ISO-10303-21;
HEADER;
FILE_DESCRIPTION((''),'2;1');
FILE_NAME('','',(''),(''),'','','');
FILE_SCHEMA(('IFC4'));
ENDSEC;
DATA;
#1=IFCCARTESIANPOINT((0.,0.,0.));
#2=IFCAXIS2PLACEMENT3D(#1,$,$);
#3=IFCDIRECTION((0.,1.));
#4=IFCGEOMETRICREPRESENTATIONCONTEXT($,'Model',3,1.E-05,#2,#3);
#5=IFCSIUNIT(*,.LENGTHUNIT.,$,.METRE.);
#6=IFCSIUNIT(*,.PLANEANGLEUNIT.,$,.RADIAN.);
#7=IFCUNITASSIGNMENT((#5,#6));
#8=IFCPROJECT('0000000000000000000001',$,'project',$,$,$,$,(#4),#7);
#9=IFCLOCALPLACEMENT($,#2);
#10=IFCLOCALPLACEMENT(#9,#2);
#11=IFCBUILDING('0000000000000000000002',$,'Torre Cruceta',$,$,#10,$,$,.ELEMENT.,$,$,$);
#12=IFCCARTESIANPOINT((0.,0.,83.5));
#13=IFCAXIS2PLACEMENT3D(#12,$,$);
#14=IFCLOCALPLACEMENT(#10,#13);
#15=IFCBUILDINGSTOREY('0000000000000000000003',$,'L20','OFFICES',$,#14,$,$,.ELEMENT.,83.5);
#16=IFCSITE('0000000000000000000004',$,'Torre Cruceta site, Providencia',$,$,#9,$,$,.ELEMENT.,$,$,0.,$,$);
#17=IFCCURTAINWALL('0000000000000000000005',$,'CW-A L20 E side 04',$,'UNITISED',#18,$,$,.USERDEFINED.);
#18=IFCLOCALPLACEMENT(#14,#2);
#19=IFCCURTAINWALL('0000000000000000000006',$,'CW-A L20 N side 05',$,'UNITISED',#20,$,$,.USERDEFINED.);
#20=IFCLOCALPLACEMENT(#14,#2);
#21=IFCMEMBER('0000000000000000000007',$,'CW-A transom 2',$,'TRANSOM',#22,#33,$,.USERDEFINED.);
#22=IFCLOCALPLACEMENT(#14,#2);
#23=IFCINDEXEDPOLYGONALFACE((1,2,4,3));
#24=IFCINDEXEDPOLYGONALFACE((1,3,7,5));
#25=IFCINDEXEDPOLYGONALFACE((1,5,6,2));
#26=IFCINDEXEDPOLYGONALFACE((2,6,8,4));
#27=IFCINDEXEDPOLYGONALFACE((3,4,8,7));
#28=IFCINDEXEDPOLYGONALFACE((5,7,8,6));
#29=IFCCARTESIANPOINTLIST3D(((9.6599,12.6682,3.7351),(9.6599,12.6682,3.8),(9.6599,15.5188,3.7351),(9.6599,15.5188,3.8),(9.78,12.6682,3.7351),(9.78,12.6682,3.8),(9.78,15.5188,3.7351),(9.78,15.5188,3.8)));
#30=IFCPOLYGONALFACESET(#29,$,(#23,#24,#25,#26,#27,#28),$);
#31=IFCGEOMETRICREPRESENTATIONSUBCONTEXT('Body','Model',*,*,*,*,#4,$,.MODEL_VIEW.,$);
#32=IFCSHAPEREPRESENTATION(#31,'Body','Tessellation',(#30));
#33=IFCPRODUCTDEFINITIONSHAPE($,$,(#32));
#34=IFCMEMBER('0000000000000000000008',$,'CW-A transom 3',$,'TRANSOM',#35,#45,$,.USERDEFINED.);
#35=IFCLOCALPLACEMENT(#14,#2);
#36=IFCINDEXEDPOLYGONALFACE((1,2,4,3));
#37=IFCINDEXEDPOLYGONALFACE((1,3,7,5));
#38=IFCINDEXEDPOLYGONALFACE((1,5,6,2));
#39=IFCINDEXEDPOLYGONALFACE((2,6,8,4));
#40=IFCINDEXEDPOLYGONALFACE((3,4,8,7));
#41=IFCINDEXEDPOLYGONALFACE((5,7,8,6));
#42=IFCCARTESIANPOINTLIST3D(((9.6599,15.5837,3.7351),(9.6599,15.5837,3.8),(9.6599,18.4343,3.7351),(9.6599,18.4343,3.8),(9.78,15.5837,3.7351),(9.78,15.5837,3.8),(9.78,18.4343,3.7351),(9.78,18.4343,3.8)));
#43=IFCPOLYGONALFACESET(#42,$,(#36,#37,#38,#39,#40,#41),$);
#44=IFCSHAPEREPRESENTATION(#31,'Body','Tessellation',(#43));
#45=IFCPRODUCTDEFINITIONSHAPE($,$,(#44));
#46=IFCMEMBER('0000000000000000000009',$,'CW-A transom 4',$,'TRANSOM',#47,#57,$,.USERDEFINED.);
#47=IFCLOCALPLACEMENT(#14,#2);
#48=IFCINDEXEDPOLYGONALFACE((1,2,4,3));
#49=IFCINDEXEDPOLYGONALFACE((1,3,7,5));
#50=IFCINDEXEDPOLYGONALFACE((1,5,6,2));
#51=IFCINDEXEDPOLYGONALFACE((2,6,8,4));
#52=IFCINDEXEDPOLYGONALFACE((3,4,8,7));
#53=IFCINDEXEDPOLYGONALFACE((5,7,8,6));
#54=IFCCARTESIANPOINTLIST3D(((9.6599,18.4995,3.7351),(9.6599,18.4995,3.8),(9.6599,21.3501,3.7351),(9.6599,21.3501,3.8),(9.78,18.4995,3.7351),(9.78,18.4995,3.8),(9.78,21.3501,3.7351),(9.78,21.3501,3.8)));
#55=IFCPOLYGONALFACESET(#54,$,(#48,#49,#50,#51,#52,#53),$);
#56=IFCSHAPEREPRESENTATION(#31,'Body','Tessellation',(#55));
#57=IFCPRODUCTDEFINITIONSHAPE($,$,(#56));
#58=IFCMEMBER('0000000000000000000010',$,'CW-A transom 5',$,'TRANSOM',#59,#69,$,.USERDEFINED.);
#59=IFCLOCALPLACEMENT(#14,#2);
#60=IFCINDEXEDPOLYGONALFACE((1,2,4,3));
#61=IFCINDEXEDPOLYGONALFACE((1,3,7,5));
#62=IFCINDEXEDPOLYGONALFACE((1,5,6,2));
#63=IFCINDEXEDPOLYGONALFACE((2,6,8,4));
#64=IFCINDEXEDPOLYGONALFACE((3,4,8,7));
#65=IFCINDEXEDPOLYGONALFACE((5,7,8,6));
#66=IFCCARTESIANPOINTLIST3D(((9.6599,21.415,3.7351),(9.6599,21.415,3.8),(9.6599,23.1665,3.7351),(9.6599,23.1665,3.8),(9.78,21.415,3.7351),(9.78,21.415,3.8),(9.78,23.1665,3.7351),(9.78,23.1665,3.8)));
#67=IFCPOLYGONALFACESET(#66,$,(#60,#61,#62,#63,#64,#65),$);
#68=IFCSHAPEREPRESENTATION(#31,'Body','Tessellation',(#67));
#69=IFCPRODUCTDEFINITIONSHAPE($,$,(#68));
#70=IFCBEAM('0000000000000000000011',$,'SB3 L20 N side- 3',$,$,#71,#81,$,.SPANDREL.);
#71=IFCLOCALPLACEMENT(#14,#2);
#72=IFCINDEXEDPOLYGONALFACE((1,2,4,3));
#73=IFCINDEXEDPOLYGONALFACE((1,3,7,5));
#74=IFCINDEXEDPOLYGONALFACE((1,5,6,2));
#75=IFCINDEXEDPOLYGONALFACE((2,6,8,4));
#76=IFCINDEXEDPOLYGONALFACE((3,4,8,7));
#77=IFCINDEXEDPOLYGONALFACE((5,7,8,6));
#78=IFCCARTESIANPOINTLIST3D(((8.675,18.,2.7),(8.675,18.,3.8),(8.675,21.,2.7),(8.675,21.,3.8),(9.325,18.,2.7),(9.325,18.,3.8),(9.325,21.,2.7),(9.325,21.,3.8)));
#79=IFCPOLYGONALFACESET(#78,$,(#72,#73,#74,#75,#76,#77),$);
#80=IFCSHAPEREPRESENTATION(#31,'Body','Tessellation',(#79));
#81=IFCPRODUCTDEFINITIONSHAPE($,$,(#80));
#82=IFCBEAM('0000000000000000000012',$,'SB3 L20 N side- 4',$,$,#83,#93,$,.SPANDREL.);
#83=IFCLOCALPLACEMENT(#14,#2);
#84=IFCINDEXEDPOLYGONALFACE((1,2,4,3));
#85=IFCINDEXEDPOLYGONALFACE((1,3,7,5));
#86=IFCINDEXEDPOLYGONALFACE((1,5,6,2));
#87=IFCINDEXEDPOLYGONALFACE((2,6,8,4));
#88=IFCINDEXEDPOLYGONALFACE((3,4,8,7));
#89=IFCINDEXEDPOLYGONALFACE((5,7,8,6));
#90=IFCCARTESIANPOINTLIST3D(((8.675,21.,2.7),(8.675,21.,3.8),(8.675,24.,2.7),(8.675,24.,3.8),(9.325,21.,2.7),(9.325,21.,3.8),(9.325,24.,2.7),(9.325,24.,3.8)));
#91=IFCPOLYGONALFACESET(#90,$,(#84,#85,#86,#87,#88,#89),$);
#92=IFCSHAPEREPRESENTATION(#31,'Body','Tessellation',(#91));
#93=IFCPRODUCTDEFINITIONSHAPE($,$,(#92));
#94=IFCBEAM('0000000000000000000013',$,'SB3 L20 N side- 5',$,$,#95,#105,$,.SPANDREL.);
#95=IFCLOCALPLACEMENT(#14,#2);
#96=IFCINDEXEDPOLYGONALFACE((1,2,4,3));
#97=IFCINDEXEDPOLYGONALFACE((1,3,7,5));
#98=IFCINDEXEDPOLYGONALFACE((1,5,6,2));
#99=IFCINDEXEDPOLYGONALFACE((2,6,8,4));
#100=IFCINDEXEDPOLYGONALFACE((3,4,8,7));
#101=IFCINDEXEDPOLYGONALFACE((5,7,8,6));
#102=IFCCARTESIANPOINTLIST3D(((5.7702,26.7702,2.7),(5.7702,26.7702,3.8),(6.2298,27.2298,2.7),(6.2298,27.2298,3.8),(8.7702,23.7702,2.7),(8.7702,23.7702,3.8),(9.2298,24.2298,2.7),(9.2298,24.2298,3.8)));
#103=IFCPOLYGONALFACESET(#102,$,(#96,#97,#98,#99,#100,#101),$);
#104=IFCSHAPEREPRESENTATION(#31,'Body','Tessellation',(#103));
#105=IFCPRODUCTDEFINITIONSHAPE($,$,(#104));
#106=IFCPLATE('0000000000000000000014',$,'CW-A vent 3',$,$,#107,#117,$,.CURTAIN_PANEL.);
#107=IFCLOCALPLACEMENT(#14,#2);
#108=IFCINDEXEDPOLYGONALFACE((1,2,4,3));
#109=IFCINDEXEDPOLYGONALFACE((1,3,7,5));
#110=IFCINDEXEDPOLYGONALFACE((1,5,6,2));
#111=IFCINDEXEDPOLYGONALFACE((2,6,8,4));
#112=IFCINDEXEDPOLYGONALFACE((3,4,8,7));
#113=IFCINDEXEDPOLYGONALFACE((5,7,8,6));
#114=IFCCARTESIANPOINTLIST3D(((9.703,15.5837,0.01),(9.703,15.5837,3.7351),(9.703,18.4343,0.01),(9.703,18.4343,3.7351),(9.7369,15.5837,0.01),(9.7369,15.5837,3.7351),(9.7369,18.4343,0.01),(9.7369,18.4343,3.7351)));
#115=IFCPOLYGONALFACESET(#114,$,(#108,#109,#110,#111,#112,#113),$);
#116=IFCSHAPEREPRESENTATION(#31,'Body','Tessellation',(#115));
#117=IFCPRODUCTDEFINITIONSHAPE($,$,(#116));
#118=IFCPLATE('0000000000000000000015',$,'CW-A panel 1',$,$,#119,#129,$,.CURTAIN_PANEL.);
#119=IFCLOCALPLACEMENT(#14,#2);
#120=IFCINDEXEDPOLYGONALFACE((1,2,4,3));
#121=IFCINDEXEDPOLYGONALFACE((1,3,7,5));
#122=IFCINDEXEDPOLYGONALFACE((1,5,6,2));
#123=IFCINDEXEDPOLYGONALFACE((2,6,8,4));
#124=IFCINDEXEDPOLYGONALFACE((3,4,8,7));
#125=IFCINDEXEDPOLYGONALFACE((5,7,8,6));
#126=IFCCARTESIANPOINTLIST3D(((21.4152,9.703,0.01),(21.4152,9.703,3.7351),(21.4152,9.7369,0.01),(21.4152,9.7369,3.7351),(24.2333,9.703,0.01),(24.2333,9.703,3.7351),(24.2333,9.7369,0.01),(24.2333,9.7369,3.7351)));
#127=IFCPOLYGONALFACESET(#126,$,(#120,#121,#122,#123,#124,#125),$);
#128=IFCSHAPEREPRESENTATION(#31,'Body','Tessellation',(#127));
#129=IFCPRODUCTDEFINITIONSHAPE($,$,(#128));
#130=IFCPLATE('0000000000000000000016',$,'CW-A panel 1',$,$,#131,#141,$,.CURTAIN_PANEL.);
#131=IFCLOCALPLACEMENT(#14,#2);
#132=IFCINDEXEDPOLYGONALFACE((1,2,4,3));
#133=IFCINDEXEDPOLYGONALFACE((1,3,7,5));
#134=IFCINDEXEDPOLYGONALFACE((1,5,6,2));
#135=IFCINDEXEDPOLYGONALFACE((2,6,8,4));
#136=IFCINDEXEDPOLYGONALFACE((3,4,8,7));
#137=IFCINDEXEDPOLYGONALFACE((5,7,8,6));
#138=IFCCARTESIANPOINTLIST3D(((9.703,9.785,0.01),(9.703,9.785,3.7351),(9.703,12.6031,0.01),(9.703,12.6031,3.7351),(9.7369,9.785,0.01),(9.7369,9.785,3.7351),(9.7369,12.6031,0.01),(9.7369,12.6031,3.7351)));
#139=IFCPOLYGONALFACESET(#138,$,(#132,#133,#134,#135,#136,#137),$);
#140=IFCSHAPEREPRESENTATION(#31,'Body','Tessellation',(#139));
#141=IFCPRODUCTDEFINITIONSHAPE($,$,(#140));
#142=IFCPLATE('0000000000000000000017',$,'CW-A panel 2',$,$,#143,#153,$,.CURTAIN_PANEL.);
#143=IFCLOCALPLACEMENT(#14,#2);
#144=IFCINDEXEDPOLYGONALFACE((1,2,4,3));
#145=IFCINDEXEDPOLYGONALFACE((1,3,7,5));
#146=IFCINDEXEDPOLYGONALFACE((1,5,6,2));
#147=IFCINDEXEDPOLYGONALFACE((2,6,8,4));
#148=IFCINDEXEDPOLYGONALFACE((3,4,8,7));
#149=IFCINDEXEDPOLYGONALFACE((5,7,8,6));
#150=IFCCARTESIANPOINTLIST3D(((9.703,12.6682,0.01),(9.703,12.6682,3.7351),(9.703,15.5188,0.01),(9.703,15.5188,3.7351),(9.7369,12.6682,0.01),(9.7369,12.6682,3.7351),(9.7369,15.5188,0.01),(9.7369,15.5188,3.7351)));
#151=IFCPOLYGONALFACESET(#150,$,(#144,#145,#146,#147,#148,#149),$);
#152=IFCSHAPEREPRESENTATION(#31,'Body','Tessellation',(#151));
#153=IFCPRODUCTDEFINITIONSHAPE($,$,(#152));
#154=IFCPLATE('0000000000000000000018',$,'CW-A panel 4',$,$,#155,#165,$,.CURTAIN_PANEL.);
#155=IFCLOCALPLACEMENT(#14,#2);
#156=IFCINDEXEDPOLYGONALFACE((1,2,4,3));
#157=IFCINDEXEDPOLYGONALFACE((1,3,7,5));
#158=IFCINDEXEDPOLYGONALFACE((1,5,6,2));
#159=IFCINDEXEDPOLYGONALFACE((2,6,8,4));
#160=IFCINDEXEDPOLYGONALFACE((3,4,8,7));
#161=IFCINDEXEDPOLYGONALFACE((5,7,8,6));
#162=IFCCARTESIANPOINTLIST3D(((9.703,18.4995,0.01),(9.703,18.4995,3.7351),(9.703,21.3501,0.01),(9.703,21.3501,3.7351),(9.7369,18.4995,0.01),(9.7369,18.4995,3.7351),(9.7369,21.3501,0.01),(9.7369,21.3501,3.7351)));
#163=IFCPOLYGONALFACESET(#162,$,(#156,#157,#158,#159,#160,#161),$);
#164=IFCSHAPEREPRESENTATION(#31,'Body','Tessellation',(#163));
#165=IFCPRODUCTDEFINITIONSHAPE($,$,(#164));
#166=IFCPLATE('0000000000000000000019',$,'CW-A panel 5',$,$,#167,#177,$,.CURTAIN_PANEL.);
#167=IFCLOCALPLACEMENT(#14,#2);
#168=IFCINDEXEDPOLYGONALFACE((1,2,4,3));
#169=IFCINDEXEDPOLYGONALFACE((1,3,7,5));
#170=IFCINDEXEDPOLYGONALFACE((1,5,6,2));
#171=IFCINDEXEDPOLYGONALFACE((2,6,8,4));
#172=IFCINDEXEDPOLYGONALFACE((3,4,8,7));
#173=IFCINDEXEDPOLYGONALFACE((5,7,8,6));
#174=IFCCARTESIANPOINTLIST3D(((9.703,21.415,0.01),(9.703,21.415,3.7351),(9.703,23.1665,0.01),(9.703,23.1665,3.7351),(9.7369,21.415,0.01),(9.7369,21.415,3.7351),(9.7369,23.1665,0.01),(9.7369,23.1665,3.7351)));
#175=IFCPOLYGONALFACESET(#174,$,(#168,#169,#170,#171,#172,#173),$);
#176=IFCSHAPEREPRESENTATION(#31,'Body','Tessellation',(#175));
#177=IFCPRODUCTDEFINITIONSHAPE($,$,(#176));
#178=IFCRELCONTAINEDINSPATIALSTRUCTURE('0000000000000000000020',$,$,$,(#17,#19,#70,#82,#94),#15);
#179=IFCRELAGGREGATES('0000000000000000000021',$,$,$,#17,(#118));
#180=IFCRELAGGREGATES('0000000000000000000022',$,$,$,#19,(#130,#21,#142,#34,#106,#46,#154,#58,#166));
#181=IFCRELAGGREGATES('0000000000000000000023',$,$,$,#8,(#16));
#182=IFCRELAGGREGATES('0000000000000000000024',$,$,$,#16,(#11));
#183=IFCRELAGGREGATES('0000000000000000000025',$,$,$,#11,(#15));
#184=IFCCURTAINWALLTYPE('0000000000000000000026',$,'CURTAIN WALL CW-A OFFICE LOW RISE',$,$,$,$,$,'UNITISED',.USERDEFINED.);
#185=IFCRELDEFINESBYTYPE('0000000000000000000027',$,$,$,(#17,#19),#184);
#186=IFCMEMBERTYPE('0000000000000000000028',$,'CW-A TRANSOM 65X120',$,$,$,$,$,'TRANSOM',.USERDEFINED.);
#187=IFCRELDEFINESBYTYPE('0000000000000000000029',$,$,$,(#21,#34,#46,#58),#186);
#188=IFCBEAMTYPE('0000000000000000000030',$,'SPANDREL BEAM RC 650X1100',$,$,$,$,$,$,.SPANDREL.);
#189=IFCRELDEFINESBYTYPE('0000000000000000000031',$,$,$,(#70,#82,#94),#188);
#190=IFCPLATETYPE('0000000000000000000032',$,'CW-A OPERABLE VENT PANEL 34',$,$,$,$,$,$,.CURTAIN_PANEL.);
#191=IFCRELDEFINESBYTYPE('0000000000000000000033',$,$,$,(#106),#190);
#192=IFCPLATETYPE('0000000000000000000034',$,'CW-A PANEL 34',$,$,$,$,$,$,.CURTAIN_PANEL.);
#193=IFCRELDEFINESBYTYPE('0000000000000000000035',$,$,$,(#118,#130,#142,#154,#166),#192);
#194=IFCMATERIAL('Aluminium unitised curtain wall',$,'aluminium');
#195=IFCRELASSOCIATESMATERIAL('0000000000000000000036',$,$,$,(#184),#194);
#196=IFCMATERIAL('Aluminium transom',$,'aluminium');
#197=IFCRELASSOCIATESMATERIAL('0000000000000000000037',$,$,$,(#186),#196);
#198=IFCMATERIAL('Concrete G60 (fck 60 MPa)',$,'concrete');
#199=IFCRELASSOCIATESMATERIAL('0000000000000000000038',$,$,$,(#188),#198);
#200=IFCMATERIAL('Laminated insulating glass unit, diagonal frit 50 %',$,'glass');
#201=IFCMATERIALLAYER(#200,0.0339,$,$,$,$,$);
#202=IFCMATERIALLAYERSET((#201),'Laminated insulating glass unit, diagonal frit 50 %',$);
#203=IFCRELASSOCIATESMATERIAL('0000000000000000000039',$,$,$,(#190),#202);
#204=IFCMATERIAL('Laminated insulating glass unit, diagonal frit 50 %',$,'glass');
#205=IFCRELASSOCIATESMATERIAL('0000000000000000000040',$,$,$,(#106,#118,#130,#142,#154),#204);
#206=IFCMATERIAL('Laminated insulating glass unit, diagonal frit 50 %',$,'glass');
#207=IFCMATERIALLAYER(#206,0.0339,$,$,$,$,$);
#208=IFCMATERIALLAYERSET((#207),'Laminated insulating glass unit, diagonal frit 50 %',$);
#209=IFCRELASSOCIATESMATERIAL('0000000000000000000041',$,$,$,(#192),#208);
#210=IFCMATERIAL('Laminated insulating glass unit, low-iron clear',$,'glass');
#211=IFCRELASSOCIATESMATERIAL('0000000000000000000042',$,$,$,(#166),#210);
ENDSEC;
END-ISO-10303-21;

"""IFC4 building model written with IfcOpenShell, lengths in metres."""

from ifc_helpers import new_model, si_unit, direction, frame, origin, origin_2d, place, context, subcontext, project, spatial, rectangle, extrude, material, layer, layer_set, material_profile, profile_set, type_object, element, aggregate, save


model = new_model("IFC4")

# Units and contexts
model_context = context("Model", 3, precision=1e-05, world=origin(), true_north=direction((0.0, 1.0)))
body_context = subcontext(model_context, "Body", "Model", "MODEL_VIEW")
ifc_project = project(units=[si_unit("LENGTHUNIT", "METRE"), si_unit("PLANEANGLEUNIT", "RADIAN")], contexts=[model_context])

# Site, building, storey
site_placement = place(None, origin())
site = spatial("IfcSite", under=ifc_project, at=site_placement, Name="Torre Cruceta site, Providencia", CompositionType="ELEMENT", RefElevation=0.0)
building_placement = place(site_placement, origin())
building = spatial("IfcBuilding", under=site, at=building_placement, Name="Torre Cruceta", CompositionType="ELEMENT")
storey_placement = place(building_placement, frame((0.0, 0.0, 83.5)))
storey = spatial("IfcBuildingStorey", under=building, at=storey_placement, Name="L20", Description="OFFICES", CompositionType="ELEMENT", Elevation=83.5)

# Curtain walls
ifc_material_1 = material(Name="Aluminium unitised curtain wall", Category="aluminium")
curtain_wall_type = type_object("IfcCurtainWallType", Name="CURTAIN WALL CW-A OFFICE LOW RISE", ElementType="UNITISED", PredefinedType="USERDEFINED", material=ifc_material_1)
curtain_wall_1_placement = place(storey_placement, origin())
curtain_wall_1 = element("IfcCurtainWall", 1, at=curtain_wall_1_placement, inside=storey, type_object=curtain_wall_type, Name="CW-A L20 E side 04", ObjectType="UNITISED", PredefinedType="USERDEFINED")
curtain_wall_2_placement = place(storey_placement, origin())
curtain_wall_2 = element("IfcCurtainWall", 2, at=curtain_wall_2_placement, inside=storey, type_object=curtain_wall_type, Name="CW-A L20 N side 05", ObjectType="UNITISED", PredefinedType="USERDEFINED")

# Members
ifc_material_2 = material(Name="Aluminium transom", Category="aluminium")
ifc_material_profile_1 = material_profile(ifc_material_2, rectangle(XDim=0.1201, YDim=0.0649, at=origin_2d()), Name="AL 120X65")
ifc_profile_set_1 = profile_set([ifc_material_profile_1], Name="Aluminium transom")
member_type_1 = type_object("IfcMemberType", Name="CW-A TRANSOM 65X120", ElementType="TRANSOM", PredefinedType="USERDEFINED", material=ifc_profile_set_1)
member_1_placement = place(storey_placement, frame((9.72, 12.6682, 3.7676), z_axis=(0.0, 1.0, 0.0), x_axis=(-1.0, 0.0, 0.0)))
member_1 = element("IfcMember", 3, at=member_1_placement, type_object=member_type_1, Name="CW-A transom 2", ObjectType="TRANSOM", PredefinedType="USERDEFINED", context=body_context, shape_type="SweptSolid", body=[
    extrude(rectangle(XDim=0.1201, YDim=0.0649, at=origin_2d()), origin(), (0.0, 0.0, 1.0), 2.8506),
])
member_2_placement = place(storey_placement, frame((9.72, 15.5837, 3.7676), z_axis=(0.0, 1.0, 0.0), x_axis=(-1.0, 0.0, 0.0)))
member_2 = element("IfcMember", 4, at=member_2_placement, type_object=member_type_1, Name="CW-A transom 3", ObjectType="TRANSOM", PredefinedType="USERDEFINED", context=body_context, shape_type="SweptSolid", body=[
    extrude(rectangle(XDim=0.1201, YDim=0.0649, at=origin_2d()), origin(), (0.0, 0.0, 1.0), 2.8506),
])
member_3_placement = place(storey_placement, frame((9.72, 18.4995, 3.7676), z_axis=(0.0, 1.0, 0.0), x_axis=(-1.0, 0.0, 0.0)))
member_3 = element("IfcMember", 5, at=member_3_placement, type_object=member_type_1, Name="CW-A transom 4", ObjectType="TRANSOM", PredefinedType="USERDEFINED", context=body_context, shape_type="SweptSolid", body=[
    extrude(rectangle(XDim=0.1201, YDim=0.0649, at=origin_2d()), origin(), (0.0, 0.0, 1.0), 2.8506),
])
member_4_placement = place(storey_placement, frame((9.72, 21.415, 3.7676), z_axis=(0.0, 1.0, 0.0), x_axis=(-1.0, 0.0, 0.0)))
member_4 = element("IfcMember", 6, at=member_4_placement, type_object=member_type_1, Name="CW-A transom 5", ObjectType="TRANSOM", PredefinedType="USERDEFINED", context=body_context, shape_type="SweptSolid", body=[
    extrude(rectangle(XDim=0.1201, YDim=0.0649, at=origin_2d()), origin(), (0.0, 0.0, 1.0), 1.7515),
])

# Beams
ifc_material_3 = material(Name="Concrete G60 (fck 60 MPa)", Category="concrete")
ifc_material_profile_2 = material_profile(ifc_material_3, rectangle(XDim=0.6499, YDim=1.1001, at=origin_2d()), Name="RC 650X1100")
ifc_profile_set_2 = profile_set([ifc_material_profile_2], Name="Concrete G60 (fck 60 MPa)")
beam_type_1 = type_object("IfcBeamType", Name="SPANDREL BEAM RC 650X1100", PredefinedType="SPANDREL", material=ifc_profile_set_2)
for number, where, z_axis, x_axis, name in (
    (7, (9.0, 18.0, 3.25), (0.0, 1.0, 0.0), (-1.0, 0.0, 0.0), "SB3 L20 N side- 3"),
    (8, (9.0, 21.0, 3.25), (0.0, 1.0, 0.0), (-1.0, 0.0, 0.0), "SB3 L20 N side- 4"),
):
    element("IfcBeam", number, at=place(storey_placement, frame(where, z_axis=z_axis, x_axis=x_axis)), inside=storey, type_object=beam_type_1, Name=name, PredefinedType="SPANDREL", context=body_context, shape_type="SweptSolid", body=[
        extrude(rectangle(XDim=0.6499, YDim=1.1001, at=origin_2d()), origin(), (0.0, 0.0, 1.0), 3.0),
    ])
beam_placement = place(storey_placement, frame((9.0, 24.0, 3.25), z_axis=(-0.707107, 0.707107, 0.0), x_axis=(-0.707107, -0.707107, 0.0)))
element("IfcBeam", 9, at=beam_placement, inside=storey, type_object=beam_type_1, Name="SB3 L20 N side- 5", PredefinedType="SPANDREL", context=body_context, shape_type="SweptSolid", body=[
    extrude(rectangle(XDim=0.6499, YDim=1.1001, at=origin_2d()), origin(), (0.0, 0.0, 1.0), 4.2427),
])

# Plates
ifc_material_4 = material(Name="Laminated insulating glass unit, diagonal frit 50 %", Category="glass")
ifc_material_5 = material(Name="Laminated insulating glass unit, diagonal frit 50 %", Category="glass")
ifc_layer_1 = layer(ifc_material_5, 0.0339)
ifc_layer_set_1 = layer_set([ifc_layer_1], Name="Laminated insulating glass unit, diagonal frit 50 %")
plate_type_1 = type_object("IfcPlateType", Name="CW-A OPERABLE VENT PANEL 34", PredefinedType="CURTAIN_PANEL", material=ifc_layer_set_1)
plate_1_placement = place(storey_placement, frame((9.72, 17.009, 0.01), z_axis=(0.0, 0.0, 1.0), x_axis=(0.0, 1.0, 0.0)))
plate_1 = element("IfcPlate", 10, at=plate_1_placement, type_object=plate_type_1, material=ifc_material_4, Name="CW-A vent 3", PredefinedType="CURTAIN_PANEL", context=body_context, shape_type="SweptSolid", body=[
    extrude(rectangle(XDim=2.8506, YDim=0.0339, at=origin_2d()), origin(), (0.0, 0.0, 1.0), 3.7251),
])
ifc_material_6 = material(Name="Laminated insulating glass unit, diagonal frit 50 %", Category="glass")
ifc_layer_2 = layer(ifc_material_6, 0.0339)
ifc_layer_set_2 = layer_set([ifc_layer_2], Name="Laminated insulating glass unit, diagonal frit 50 %")
plate_type_2 = type_object("IfcPlateType", Name="CW-A PANEL 34", PredefinedType="CURTAIN_PANEL", material=ifc_layer_set_2)
plate_2_placement = place(storey_placement, frame((22.8242, 9.72, 0.01), z_axis=(0.0, 0.0, 1.0), x_axis=(-1.0, 0.0, 0.0)))
plate_2 = element("IfcPlate", 11, at=plate_2_placement, type_object=plate_type_2, material=ifc_material_4, Name="CW-A panel 1", PredefinedType="CURTAIN_PANEL", context=body_context, shape_type="SweptSolid", body=[
    extrude(rectangle(XDim=2.8181, YDim=0.0339, at=origin_2d()), origin(), (0.0, 0.0, 1.0), 3.7251),
])
aggregate(curtain_wall_1, [plate_2])
plate_3_placement = place(storey_placement, frame((9.72, 11.1941, 0.01), z_axis=(0.0, 0.0, 1.0), x_axis=(0.0, 1.0, 0.0)))
plate_3 = element("IfcPlate", 12, at=plate_3_placement, type_object=plate_type_2, material=ifc_material_4, Name="CW-A panel 1", PredefinedType="CURTAIN_PANEL", context=body_context, shape_type="SweptSolid", body=[
    extrude(rectangle(XDim=2.8181, YDim=0.0339, at=origin_2d()), origin(), (0.0, 0.0, 1.0), 3.7251),
])
plate_4_placement = place(storey_placement, frame((9.72, 14.0935, 0.01), z_axis=(0.0, 0.0, 1.0), x_axis=(0.0, 1.0, 0.0)))
plate_4 = element("IfcPlate", 13, at=plate_4_placement, type_object=plate_type_2, material=ifc_material_4, Name="CW-A panel 2", PredefinedType="CURTAIN_PANEL", context=body_context, shape_type="SweptSolid", body=[
    extrude(rectangle(XDim=2.8506, YDim=0.0339, at=origin_2d()), origin(), (0.0, 0.0, 1.0), 3.7251),
])
plate_5_placement = place(storey_placement, frame((9.72, 19.9248, 0.01), z_axis=(0.0, 0.0, 1.0), x_axis=(0.0, 1.0, 0.0)))
plate_5 = element("IfcPlate", 14, at=plate_5_placement, type_object=plate_type_2, material=ifc_material_4, Name="CW-A panel 4", PredefinedType="CURTAIN_PANEL", context=body_context, shape_type="SweptSolid", body=[
    extrude(rectangle(XDim=2.8506, YDim=0.0339, at=origin_2d()), origin(), (0.0, 0.0, 1.0), 3.7251),
])
ifc_material_7 = material(Name="Laminated insulating glass unit, low-iron clear", Category="glass")
plate_6_placement = place(storey_placement, frame((9.72, 22.2908, 0.01), z_axis=(0.0, 0.0, 1.0), x_axis=(0.0, 1.0, 0.0)))
plate_6 = element("IfcPlate", 15, at=plate_6_placement, type_object=plate_type_2, material=ifc_material_7, Name="CW-A panel 5", PredefinedType="CURTAIN_PANEL", context=body_context, shape_type="SweptSolid", body=[
    extrude(rectangle(XDim=1.7515, YDim=0.0339, at=origin_2d()), origin(), (0.0, 0.0, 1.0), 3.7251),
])
aggregate(curtain_wall_2, [plate_3, member_1, plate_4, member_2, plate_1, member_3, plate_5, member_4, plate_6])

save(model, "model.ifc")
